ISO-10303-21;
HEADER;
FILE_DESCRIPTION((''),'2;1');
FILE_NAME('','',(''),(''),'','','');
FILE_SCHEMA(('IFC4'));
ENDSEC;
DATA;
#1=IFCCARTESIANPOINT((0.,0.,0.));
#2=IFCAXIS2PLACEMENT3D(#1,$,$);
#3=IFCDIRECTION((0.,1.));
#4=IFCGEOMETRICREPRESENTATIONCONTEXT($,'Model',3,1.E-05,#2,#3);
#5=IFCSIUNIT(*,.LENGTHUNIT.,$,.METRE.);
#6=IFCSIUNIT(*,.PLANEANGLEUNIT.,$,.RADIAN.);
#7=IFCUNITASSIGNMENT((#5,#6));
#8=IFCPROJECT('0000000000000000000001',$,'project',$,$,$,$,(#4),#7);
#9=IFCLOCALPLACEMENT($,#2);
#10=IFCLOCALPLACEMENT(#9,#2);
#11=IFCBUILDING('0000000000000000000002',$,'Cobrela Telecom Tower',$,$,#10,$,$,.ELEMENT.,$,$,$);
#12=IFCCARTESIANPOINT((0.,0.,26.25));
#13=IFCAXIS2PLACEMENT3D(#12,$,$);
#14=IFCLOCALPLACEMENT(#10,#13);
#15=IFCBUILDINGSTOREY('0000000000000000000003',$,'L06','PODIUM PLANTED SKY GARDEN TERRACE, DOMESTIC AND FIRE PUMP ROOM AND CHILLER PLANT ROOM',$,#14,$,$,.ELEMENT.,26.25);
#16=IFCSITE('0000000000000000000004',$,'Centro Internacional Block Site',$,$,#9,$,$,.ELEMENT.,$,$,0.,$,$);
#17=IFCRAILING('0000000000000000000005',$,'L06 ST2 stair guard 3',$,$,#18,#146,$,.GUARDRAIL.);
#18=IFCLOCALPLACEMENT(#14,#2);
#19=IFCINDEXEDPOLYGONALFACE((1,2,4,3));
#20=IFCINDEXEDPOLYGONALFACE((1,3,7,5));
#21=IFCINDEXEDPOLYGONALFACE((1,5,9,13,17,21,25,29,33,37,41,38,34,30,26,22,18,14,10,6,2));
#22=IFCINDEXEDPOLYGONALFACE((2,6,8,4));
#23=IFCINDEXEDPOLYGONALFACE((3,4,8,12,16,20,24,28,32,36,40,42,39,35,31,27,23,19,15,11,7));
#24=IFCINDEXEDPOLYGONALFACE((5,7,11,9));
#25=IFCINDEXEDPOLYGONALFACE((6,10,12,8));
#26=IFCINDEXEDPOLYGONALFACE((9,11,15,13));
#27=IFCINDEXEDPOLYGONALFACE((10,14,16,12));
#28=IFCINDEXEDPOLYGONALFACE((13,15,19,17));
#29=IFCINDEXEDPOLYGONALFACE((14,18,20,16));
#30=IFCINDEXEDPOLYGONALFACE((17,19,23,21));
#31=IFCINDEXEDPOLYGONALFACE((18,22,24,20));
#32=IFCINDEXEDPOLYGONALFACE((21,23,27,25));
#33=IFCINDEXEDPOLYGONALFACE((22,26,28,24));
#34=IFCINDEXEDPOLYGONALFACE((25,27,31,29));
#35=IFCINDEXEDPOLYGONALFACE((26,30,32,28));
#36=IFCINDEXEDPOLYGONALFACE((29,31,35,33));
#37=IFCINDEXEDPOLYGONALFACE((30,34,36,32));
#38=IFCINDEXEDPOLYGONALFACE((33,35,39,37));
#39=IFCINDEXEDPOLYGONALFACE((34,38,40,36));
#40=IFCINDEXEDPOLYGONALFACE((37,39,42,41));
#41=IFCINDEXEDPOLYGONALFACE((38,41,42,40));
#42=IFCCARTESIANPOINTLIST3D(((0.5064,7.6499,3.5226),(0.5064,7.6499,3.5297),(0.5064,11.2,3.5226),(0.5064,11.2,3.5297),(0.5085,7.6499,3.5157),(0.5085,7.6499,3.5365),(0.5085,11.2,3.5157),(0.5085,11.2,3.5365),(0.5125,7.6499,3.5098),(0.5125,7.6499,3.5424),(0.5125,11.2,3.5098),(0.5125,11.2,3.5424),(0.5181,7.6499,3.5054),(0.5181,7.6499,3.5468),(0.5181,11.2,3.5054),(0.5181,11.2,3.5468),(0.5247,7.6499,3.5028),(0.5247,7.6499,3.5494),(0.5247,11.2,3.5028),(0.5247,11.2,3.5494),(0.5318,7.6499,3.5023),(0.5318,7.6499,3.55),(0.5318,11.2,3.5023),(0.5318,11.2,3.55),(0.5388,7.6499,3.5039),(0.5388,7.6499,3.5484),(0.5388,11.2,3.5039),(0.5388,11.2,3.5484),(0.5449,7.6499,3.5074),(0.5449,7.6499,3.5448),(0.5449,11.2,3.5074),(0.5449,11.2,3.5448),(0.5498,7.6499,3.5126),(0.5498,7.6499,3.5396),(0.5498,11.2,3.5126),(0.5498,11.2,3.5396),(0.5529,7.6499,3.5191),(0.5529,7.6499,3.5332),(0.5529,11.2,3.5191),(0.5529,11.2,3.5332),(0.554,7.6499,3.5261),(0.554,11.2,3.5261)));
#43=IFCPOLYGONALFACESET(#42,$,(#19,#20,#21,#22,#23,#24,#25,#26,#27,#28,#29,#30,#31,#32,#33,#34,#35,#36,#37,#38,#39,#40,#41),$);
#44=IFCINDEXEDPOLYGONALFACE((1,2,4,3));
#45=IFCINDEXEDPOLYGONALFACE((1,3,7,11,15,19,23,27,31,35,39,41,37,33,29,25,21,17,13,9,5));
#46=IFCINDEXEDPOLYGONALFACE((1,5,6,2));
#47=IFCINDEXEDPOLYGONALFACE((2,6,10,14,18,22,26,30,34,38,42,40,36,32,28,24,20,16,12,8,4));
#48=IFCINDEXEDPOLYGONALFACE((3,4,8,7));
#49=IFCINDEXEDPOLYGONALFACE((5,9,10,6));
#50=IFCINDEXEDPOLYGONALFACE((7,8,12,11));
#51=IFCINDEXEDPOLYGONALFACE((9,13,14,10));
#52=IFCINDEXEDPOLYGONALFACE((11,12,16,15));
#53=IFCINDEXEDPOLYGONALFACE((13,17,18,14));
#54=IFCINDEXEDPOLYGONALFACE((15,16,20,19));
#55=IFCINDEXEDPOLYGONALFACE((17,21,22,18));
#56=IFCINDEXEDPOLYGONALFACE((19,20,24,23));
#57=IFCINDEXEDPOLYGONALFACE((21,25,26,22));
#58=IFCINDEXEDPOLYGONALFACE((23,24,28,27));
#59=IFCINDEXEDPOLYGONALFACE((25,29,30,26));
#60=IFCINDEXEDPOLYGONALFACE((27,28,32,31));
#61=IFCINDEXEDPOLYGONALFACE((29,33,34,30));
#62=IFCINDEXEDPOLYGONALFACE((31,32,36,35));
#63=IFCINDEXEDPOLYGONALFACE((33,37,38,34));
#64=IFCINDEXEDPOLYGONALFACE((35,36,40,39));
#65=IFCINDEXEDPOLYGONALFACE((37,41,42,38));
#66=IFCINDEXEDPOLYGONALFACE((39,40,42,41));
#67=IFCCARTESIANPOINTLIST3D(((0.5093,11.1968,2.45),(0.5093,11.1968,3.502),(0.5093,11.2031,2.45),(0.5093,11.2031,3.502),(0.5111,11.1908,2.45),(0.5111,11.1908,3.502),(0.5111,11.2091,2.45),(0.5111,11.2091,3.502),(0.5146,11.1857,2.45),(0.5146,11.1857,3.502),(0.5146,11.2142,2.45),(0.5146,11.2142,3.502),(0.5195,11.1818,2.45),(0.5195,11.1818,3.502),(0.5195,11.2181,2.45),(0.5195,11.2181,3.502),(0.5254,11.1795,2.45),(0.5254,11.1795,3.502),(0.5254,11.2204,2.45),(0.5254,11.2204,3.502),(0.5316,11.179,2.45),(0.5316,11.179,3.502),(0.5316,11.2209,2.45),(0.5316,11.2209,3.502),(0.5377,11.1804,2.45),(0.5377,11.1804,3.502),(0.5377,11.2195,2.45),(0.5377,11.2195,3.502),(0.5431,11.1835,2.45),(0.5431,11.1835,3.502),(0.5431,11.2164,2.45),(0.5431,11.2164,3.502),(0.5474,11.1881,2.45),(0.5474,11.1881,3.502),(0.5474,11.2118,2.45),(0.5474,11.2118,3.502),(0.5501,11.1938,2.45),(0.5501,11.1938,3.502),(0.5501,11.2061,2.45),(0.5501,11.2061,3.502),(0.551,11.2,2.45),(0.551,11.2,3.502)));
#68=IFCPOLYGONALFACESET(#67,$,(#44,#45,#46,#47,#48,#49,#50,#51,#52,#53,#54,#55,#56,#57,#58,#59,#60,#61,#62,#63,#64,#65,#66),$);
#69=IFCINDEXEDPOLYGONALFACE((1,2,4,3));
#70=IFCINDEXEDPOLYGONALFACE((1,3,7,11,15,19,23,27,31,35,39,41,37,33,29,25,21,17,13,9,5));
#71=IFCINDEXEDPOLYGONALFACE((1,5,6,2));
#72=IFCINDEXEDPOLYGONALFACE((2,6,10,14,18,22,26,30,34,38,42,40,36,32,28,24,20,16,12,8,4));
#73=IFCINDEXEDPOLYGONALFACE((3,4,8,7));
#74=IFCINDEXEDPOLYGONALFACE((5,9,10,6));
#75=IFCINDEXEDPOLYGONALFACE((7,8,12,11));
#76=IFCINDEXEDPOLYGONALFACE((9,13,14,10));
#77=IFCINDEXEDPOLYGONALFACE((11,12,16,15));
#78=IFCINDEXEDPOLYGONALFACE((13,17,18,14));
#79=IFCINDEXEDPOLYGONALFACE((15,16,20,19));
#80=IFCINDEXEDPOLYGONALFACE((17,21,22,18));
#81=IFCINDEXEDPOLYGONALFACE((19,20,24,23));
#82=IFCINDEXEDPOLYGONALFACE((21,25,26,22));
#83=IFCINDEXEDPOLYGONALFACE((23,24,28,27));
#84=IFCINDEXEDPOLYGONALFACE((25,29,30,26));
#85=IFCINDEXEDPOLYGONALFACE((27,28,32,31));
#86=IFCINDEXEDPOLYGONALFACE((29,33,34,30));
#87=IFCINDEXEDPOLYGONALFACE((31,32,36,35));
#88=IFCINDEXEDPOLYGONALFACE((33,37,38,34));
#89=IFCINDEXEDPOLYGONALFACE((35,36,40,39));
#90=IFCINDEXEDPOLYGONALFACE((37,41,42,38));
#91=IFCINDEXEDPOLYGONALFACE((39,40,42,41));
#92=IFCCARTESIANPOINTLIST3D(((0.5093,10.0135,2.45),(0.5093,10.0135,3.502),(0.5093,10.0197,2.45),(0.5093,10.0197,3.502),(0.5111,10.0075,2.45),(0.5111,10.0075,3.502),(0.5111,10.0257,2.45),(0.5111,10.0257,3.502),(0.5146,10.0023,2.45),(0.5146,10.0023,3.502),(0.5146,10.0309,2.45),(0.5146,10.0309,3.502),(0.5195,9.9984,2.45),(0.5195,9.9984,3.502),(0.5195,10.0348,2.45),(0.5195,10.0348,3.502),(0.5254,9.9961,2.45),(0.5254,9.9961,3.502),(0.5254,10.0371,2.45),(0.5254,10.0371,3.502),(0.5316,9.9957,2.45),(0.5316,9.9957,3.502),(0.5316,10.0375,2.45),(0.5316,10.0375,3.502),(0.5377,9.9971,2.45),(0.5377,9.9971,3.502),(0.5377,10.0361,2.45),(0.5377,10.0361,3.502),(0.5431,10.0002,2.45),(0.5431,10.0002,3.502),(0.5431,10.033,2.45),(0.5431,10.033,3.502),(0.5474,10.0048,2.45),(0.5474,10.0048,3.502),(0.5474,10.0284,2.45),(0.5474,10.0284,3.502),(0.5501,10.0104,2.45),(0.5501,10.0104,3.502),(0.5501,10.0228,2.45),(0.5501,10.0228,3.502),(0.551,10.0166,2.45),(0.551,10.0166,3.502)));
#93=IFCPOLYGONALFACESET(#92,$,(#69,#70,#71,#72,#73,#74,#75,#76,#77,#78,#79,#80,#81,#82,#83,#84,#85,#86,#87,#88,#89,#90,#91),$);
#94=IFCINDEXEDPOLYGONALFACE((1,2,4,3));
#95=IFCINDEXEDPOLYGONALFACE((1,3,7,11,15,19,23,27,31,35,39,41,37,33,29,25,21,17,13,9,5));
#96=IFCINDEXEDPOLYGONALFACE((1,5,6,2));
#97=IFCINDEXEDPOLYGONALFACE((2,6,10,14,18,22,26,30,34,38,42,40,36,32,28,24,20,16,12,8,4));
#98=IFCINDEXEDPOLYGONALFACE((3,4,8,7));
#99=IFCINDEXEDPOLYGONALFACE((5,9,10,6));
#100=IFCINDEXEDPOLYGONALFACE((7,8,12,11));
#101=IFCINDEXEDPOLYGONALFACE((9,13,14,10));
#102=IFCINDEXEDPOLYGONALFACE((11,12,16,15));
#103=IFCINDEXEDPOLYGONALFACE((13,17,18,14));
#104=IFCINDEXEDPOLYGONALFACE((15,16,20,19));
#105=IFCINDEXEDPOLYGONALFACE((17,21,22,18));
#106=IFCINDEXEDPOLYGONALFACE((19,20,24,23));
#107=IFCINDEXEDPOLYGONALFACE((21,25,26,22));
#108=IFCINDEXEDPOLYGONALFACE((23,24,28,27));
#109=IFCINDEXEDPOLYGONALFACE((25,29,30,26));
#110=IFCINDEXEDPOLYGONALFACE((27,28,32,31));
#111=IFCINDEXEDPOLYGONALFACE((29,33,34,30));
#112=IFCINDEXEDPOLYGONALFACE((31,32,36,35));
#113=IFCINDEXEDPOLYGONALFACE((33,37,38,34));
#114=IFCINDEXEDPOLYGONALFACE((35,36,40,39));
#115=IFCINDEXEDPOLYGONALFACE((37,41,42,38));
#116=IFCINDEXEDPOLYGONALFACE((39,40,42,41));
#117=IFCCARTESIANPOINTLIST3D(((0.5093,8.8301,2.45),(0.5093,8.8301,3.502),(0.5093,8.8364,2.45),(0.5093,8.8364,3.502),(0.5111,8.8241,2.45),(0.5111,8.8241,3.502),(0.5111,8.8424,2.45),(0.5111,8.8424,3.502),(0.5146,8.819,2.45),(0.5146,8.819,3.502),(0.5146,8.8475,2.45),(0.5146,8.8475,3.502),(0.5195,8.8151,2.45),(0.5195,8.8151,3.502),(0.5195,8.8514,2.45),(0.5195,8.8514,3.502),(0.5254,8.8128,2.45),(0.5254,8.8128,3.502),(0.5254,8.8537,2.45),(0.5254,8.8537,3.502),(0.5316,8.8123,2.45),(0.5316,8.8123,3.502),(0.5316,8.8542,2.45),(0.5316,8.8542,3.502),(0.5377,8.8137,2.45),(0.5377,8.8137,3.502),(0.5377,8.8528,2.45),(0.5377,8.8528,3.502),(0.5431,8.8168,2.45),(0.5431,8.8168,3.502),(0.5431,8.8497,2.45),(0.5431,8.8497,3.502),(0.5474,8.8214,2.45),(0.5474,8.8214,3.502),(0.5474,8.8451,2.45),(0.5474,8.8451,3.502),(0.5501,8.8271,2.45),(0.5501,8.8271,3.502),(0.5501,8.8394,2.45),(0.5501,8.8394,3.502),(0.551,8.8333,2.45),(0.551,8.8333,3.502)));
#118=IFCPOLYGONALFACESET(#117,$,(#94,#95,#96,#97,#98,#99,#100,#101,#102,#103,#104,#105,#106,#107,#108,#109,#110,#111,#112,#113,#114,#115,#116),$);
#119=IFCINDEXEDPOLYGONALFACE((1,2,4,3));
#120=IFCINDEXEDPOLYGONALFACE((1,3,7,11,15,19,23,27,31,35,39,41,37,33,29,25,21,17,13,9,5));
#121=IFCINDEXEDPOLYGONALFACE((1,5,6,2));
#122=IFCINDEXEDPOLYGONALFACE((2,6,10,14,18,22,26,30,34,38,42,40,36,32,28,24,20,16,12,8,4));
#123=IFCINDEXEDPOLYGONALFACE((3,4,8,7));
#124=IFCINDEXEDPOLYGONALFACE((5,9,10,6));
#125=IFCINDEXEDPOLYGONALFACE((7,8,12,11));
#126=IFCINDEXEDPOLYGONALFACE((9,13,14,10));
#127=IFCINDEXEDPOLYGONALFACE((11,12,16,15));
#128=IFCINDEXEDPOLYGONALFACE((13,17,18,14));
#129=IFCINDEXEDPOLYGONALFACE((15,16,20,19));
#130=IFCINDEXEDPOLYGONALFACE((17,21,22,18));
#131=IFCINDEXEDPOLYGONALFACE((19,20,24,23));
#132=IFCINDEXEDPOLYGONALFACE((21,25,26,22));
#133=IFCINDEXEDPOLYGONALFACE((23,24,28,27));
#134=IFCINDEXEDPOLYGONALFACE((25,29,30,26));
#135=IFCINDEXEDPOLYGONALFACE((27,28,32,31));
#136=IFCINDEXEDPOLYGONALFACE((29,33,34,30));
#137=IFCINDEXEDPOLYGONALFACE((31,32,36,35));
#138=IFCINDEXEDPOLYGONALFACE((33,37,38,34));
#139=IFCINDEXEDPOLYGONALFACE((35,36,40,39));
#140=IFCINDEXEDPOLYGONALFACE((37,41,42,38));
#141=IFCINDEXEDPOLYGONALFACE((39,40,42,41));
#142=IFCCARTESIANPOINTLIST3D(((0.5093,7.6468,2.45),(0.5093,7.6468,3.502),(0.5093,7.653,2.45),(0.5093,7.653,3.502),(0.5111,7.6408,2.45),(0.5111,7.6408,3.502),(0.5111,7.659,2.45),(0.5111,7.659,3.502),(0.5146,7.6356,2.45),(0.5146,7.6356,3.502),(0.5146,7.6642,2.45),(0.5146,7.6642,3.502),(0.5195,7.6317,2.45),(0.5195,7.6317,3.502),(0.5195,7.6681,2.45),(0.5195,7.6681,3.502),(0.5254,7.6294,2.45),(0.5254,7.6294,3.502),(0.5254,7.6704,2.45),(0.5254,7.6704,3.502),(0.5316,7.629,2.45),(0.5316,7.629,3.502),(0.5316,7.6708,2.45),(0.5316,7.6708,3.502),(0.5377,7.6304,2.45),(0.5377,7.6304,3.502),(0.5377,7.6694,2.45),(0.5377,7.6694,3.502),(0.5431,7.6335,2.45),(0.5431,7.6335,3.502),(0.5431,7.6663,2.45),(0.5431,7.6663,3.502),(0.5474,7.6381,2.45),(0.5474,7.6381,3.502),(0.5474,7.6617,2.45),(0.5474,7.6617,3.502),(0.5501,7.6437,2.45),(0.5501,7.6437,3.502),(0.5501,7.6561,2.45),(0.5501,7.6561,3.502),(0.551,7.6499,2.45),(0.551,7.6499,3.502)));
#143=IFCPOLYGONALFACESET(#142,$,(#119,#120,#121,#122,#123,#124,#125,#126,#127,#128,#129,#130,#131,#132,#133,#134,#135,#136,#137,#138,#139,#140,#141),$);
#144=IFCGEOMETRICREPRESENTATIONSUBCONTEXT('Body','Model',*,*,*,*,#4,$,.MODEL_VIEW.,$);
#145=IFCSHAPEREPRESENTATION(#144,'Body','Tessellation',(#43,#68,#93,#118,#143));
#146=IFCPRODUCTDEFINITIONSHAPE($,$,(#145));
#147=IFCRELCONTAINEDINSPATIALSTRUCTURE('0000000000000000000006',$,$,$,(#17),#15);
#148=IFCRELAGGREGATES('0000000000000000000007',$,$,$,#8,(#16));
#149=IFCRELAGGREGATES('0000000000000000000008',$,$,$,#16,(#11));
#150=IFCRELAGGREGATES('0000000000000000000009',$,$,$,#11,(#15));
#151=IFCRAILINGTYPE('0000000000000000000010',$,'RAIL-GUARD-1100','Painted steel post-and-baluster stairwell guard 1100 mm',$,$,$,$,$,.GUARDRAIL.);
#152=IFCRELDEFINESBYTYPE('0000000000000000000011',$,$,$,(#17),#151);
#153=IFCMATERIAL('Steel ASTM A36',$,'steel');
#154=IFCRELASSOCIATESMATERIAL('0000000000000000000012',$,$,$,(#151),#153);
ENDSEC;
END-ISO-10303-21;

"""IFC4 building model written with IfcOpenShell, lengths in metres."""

from ifc_helpers import new_model, si_unit, direction, frame, origin, origin_2d, place, context, subcontext, project, spatial, circle, extrude, material, type_object, element, save


model = new_model("IFC4")

# Units and contexts
model_context = context("Model", 3, precision=1e-05, world=origin(), true_north=direction((0.0, 1.0)))
body_context = subcontext(model_context, "Body", "Model", "MODEL_VIEW")
ifc_project = project(units=[si_unit("LENGTHUNIT", "METRE"), si_unit("PLANEANGLEUNIT", "RADIAN")], contexts=[model_context])

# Site, building, storey
site_placement = place(None, origin())
site = spatial("IfcSite", under=ifc_project, at=site_placement, Name="Centro Internacional Block Site", CompositionType="ELEMENT", RefElevation=0.0)
building_placement = place(site_placement, origin())
building = spatial("IfcBuilding", under=site, at=building_placement, Name="Cobrela Telecom Tower", CompositionType="ELEMENT")
storey_placement = place(building_placement, frame((0.0, 0.0, 26.25)))
storey = spatial("IfcBuildingStorey", under=building, at=storey_placement, Name="L06", Description="PODIUM PLANTED SKY GARDEN TERRACE, DOMESTIC AND FIRE PUMP ROOM AND CHILLER PLANT ROOM", CompositionType="ELEMENT", Elevation=26.25)

# Shared definitions
ifc_material_1 = material(Name="Steel ASTM A36", Category="steel")

# Railing
railing_type_1 = type_object("IfcRailingType", Name="RAIL-GUARD-1100", Description="Painted steel post-and-baluster stairwell guard 1100 mm", PredefinedType="GUARDRAIL", material=ifc_material_1)
railing_1_placement = place(storey_placement, frame((0.53, 11.2, 2.45)))
element("IfcRailing", 1, at=railing_1_placement, inside=storey, type_object=railing_type_1, Name="L06 ST2 stair guard 3", PredefinedType="GUARDRAIL", context=body_context, shape_type="SweptSolid", body=[
    extrude(circle(Radius=0.0239, at=origin_2d()), frame((0.0, 0.0, 1.0762), z_axis=(0.0, -1.0, 0.0), x_axis=(1.0, 0.0, 0.0)), (0.0, 0.0, 1.0), 3.55),
    extrude(circle(Radius=0.021, at=origin_2d()), origin(), (0.0, 0.0, 1.0), 1.052),
    extrude(circle(Radius=0.021, at=origin_2d()), frame((0.0, -1.1833, 0.0)), (0.0, 0.0, 1.0), 1.052),
    extrude(circle(Radius=0.021, at=origin_2d()), frame((0.0, -2.3667, 0.0)), (0.0, 0.0, 1.0), 1.052),
    extrude(circle(Radius=0.021, at=origin_2d()), frame((0.0, -3.55, 0.0)), (0.0, 0.0, 1.0), 1.052),
])

save(model, "model.ifc")
